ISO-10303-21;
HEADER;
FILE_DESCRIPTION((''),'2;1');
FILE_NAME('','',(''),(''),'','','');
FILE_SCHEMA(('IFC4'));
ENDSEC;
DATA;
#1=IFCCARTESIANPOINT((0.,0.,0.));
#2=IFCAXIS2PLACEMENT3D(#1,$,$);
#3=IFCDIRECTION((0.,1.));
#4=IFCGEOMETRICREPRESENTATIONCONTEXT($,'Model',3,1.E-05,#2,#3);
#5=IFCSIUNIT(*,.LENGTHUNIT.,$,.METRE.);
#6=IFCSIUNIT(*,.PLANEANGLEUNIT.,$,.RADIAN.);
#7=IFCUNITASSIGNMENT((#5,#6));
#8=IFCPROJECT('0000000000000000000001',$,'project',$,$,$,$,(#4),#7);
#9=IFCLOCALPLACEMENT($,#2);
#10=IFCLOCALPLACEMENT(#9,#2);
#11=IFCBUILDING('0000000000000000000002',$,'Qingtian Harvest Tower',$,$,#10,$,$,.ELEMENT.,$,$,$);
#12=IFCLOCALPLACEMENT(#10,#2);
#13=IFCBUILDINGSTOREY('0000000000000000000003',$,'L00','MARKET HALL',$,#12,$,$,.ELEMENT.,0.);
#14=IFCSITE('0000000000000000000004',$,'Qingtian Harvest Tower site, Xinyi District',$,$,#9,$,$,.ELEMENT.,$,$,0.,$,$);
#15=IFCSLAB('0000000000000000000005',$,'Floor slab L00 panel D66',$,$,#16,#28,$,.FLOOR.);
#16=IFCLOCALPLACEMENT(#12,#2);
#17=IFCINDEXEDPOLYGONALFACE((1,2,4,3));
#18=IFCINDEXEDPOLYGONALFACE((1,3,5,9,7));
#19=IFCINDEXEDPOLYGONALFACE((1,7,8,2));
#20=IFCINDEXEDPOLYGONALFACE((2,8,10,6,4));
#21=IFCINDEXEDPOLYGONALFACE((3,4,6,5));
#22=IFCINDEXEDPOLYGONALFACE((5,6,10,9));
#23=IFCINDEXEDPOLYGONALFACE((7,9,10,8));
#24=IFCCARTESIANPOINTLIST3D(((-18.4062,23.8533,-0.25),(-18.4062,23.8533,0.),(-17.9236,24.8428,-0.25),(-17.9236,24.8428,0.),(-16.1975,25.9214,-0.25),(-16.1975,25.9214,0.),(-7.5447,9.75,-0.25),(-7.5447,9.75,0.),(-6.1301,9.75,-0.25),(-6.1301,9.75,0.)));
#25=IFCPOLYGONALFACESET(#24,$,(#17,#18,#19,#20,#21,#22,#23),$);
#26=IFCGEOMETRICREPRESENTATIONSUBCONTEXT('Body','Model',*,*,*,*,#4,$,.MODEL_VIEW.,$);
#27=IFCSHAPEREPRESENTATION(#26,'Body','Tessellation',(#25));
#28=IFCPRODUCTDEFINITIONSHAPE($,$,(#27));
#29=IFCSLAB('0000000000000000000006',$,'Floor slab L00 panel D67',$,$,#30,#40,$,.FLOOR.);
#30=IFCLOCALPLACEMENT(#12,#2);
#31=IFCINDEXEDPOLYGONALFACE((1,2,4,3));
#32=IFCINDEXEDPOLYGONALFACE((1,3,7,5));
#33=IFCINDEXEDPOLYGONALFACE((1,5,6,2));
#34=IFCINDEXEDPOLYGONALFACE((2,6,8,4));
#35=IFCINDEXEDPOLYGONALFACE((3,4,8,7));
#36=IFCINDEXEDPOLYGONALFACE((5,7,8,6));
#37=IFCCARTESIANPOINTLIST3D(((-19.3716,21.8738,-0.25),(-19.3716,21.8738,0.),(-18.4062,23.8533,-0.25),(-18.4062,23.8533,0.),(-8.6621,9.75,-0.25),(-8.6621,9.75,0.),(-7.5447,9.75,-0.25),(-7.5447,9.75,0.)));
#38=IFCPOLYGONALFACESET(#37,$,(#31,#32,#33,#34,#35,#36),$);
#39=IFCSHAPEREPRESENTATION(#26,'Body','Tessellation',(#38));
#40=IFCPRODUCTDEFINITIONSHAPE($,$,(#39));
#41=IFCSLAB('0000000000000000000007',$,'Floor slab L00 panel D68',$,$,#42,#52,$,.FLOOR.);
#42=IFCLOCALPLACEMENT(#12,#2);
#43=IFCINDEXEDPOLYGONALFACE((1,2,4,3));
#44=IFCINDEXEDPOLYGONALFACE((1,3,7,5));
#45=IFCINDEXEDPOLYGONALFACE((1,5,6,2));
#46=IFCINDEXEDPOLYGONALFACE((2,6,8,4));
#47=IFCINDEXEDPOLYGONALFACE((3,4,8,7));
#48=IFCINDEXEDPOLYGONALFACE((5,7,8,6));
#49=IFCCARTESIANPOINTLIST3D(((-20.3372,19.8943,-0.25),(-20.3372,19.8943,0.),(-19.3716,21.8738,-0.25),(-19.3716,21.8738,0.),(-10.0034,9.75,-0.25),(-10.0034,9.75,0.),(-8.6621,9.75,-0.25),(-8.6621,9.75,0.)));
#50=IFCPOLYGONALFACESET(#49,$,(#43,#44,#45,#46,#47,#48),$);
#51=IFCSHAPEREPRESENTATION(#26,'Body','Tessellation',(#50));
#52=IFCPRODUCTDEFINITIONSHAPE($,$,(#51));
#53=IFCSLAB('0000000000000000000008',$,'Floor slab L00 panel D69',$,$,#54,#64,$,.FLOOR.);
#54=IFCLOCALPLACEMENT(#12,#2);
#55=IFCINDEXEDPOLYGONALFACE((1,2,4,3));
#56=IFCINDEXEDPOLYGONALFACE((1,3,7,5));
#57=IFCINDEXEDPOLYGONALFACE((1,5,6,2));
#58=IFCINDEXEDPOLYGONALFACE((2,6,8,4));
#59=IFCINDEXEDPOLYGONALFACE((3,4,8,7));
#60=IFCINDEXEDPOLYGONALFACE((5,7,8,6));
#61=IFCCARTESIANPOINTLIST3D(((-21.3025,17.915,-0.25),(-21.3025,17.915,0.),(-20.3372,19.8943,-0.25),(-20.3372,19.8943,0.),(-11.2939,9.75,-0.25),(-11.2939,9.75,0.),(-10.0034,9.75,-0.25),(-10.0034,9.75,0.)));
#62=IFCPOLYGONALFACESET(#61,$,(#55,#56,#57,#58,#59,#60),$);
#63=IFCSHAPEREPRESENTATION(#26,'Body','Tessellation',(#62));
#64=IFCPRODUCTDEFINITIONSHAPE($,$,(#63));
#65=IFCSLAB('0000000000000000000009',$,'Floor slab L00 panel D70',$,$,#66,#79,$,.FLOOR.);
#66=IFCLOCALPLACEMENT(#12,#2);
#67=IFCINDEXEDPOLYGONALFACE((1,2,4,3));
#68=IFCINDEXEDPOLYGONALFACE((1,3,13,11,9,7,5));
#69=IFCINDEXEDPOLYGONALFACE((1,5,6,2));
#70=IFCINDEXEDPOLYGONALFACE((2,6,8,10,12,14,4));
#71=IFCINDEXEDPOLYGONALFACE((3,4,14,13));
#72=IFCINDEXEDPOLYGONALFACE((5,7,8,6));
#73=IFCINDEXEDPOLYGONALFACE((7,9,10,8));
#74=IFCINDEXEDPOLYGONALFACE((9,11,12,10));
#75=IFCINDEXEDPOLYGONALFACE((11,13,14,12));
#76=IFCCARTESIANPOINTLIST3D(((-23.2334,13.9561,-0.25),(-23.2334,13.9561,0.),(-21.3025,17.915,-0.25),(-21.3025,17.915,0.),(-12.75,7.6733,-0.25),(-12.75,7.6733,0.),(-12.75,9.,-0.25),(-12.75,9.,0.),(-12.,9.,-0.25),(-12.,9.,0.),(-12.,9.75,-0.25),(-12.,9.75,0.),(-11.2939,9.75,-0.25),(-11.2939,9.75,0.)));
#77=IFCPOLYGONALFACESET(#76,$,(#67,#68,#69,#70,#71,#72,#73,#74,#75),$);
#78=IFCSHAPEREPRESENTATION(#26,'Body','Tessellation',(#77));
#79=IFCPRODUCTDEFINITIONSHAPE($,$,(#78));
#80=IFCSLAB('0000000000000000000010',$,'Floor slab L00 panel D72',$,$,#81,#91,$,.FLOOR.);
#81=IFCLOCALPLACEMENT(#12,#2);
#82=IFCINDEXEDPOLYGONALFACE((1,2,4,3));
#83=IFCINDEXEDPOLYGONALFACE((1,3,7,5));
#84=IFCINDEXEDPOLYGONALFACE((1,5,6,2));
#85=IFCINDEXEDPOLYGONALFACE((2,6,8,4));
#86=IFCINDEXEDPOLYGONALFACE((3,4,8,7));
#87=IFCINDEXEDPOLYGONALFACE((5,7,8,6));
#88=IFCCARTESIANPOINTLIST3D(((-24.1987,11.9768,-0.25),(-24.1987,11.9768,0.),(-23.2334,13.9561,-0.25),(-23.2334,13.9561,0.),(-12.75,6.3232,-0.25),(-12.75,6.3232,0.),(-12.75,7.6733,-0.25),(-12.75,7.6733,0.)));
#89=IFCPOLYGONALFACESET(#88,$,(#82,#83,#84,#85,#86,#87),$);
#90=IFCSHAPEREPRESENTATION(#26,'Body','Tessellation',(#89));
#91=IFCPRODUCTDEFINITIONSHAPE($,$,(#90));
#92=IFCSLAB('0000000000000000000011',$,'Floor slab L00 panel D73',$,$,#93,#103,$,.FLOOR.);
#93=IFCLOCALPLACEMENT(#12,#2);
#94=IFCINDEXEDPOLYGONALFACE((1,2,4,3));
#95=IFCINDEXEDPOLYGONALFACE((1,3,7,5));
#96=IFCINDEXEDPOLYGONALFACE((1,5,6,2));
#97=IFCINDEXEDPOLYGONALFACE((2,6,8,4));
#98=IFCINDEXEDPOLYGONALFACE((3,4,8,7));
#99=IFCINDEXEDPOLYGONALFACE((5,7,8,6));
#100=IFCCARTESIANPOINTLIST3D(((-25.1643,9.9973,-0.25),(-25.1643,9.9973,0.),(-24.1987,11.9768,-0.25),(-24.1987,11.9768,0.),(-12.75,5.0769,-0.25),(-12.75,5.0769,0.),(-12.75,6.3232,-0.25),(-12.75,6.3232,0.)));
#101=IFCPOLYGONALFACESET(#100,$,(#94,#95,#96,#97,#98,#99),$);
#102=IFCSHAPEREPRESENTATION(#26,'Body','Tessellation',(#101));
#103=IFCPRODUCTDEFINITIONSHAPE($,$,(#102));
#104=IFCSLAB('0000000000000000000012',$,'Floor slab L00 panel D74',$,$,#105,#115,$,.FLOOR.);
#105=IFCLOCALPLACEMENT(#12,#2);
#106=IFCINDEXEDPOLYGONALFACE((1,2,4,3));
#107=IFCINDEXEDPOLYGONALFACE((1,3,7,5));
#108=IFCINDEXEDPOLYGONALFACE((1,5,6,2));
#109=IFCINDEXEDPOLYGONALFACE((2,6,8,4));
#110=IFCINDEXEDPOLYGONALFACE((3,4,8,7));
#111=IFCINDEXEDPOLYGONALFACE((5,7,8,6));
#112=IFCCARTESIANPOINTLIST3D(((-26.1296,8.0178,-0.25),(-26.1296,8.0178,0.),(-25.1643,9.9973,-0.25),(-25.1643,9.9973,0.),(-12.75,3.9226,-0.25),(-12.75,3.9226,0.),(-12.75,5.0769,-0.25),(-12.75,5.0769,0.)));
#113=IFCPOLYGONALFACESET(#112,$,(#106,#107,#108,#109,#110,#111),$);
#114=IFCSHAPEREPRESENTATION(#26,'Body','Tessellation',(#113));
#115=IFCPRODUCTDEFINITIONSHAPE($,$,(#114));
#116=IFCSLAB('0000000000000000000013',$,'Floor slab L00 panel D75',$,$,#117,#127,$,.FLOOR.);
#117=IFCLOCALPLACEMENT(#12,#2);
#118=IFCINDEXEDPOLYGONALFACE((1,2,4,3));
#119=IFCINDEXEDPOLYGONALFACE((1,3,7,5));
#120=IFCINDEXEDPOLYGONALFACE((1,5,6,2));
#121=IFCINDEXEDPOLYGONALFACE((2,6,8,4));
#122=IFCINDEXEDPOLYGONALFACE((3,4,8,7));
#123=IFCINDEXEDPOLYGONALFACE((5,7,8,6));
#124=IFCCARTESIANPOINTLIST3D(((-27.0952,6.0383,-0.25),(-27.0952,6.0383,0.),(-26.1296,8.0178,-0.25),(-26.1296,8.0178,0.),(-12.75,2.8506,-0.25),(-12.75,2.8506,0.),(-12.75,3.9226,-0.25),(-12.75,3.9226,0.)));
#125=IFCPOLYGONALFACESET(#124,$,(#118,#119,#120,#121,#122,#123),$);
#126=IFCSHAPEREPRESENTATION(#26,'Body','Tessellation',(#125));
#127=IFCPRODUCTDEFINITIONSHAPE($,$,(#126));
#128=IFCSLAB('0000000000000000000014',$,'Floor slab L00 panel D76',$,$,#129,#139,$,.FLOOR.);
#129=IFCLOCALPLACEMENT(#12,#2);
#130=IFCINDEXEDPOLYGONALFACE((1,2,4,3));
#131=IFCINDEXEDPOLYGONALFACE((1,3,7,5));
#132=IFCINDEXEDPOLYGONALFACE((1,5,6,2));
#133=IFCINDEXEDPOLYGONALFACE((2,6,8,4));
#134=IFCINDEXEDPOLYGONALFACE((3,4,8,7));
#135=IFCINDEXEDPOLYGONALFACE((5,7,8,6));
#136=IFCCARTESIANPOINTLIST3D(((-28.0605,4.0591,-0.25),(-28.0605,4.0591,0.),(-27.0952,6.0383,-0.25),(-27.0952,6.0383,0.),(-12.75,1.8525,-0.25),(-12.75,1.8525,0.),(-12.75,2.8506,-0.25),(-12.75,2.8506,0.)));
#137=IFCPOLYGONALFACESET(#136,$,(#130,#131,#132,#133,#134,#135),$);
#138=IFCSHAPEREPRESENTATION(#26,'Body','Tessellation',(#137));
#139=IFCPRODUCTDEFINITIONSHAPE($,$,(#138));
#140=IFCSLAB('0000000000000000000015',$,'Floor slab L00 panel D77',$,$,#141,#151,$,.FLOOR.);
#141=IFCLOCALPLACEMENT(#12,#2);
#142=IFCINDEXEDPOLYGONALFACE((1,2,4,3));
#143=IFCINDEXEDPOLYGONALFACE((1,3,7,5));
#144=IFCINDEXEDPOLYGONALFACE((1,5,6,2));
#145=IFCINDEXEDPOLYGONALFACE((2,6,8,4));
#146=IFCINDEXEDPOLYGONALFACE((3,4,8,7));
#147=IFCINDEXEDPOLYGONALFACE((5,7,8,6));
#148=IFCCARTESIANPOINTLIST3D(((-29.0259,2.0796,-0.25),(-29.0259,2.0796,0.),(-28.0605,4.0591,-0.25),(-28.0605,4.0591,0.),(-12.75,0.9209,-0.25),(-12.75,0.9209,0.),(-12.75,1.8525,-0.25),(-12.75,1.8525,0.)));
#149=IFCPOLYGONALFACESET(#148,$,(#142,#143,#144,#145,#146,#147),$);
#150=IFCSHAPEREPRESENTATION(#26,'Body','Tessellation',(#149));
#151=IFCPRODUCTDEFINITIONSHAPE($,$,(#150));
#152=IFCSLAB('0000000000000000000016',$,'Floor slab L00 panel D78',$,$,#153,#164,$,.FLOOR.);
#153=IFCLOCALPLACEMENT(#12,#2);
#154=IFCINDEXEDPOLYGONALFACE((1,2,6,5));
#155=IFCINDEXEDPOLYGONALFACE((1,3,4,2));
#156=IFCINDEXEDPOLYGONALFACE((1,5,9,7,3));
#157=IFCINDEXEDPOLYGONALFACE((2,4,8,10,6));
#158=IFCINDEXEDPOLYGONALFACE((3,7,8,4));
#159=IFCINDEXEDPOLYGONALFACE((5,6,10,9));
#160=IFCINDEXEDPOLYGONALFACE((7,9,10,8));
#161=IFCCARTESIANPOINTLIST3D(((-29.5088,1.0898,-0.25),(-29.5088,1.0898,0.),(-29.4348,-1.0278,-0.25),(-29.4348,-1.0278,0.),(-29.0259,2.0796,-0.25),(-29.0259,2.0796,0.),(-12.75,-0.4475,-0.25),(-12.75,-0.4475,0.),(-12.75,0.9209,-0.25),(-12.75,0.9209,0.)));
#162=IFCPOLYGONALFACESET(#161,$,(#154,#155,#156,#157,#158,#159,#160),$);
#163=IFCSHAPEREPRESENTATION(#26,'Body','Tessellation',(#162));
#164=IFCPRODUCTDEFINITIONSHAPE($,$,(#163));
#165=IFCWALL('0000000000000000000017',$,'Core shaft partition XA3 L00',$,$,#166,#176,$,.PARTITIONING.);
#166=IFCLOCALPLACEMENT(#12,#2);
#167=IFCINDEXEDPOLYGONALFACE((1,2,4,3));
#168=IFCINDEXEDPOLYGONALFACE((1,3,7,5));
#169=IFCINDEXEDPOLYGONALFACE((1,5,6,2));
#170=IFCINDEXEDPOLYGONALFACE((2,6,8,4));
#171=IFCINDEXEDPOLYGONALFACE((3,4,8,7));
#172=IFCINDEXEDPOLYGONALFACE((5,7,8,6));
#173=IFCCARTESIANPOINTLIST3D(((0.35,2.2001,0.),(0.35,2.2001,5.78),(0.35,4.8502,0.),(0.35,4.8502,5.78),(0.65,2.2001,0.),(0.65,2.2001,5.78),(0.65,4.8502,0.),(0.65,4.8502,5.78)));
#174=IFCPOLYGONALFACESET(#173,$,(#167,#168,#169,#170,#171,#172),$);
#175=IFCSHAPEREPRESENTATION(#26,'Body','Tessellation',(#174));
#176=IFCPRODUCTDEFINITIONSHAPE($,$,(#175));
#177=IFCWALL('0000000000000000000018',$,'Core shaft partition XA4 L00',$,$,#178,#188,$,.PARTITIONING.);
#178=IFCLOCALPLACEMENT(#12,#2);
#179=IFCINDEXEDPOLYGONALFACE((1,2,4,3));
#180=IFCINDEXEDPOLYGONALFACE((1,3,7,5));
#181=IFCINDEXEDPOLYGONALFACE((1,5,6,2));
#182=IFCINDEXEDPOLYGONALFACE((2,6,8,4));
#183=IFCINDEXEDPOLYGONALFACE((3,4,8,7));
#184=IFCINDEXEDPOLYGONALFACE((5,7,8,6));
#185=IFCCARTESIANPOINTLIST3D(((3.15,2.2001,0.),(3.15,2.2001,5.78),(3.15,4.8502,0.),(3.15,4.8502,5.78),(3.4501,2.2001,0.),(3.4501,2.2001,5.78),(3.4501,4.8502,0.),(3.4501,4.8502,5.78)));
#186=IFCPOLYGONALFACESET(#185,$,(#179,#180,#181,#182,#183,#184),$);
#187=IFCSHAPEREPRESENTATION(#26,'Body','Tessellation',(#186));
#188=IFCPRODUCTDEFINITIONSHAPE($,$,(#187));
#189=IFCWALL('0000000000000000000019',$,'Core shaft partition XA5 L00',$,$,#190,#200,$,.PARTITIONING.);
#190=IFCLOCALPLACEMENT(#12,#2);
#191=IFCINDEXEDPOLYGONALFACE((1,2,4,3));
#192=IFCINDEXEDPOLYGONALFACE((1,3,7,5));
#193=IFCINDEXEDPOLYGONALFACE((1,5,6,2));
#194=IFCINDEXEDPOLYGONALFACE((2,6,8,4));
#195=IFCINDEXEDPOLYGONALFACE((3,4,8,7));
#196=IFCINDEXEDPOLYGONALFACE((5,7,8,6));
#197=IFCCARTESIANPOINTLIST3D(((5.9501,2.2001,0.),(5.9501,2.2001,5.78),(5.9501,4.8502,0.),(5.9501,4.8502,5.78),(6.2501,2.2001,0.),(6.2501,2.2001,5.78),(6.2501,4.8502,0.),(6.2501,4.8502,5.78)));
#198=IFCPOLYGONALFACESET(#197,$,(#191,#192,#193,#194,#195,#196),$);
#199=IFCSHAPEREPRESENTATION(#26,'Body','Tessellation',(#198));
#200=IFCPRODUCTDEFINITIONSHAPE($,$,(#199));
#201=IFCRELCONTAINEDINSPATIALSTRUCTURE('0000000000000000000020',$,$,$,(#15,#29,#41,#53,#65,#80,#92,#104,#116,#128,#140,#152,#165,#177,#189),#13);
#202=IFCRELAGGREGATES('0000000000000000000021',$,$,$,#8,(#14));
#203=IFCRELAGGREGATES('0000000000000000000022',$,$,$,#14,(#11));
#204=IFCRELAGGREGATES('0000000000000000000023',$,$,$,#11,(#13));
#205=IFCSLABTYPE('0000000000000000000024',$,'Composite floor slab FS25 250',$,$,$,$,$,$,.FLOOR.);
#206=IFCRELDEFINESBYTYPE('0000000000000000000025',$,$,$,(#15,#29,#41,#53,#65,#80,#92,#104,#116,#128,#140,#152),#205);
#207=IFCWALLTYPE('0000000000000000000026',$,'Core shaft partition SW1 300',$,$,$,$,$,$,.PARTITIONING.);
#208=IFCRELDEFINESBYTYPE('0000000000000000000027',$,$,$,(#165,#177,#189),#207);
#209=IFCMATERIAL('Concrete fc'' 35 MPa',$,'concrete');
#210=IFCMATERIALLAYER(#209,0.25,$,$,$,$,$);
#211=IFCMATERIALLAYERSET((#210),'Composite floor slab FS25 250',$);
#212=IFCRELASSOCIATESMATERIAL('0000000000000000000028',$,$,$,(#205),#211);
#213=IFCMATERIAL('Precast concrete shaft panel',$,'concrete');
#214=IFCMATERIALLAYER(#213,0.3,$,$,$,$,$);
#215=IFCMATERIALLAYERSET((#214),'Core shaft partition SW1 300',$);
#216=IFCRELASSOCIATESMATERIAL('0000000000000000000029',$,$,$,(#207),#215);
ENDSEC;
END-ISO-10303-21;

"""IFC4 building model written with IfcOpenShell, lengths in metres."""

from ifc_helpers import new_model, si_unit, direction, frame, frame_2d, origin, place, context, subcontext, project, spatial, polyline, rectangle, outline, extrude, material, layer, layer_set, type_object, element, save


model = new_model("IFC4")

# Units and contexts
model_context = context("Model", 3, precision=1e-05, world=origin(), true_north=direction((0.0, 1.0)))
body_context = subcontext(model_context, "Body", "Model", "MODEL_VIEW")
ifc_project = project(units=[si_unit("LENGTHUNIT", "METRE"), si_unit("PLANEANGLEUNIT", "RADIAN")], contexts=[model_context])

# Site, building, storey
site_placement = place(None, origin())
site = spatial("IfcSite", under=ifc_project, at=site_placement, Name="Qingtian Harvest Tower site, Xinyi District", CompositionType="ELEMENT", RefElevation=0.0)
building_placement = place(site_placement, origin())
building = spatial("IfcBuilding", under=site, at=building_placement, Name="Qingtian Harvest Tower", CompositionType="ELEMENT")
storey_placement = place(building_placement, origin())
storey = spatial("IfcBuildingStorey", under=building, at=storey_placement, Name="L00", Description="MARKET HALL", CompositionType="ELEMENT", Elevation=0.0)

# Slabs
ifc_material_1 = material(Name="Concrete fc' 35 MPa", Category="concrete")
ifc_layer_1 = layer(ifc_material_1, 0.25)
ifc_layer_set_1 = layer_set([ifc_layer_1], Name="Composite floor slab FS25 250")
slab_type = type_object("IfcSlabType", Name="Composite floor slab FS25 250", PredefinedType="FLOOR", material=ifc_layer_set_1)
slab_1_placement = place(storey_placement, frame((0.0, 0.0, -0.25)))
element("IfcSlab", 1, at=slab_1_placement, inside=storey, type_object=slab_type, Name="Floor slab L00 panel D66", PredefinedType="FLOOR", context=body_context, shape_type="SweptSolid", body=[
    extrude(outline(polyline([(-6.1301, 9.75), (-7.5447, 9.75), (-18.4062, 23.8533), (-17.9236, 24.8428), (-16.1975, 25.9214), (-6.1301, 9.75)])), origin(), (0.0, 0.0, 1.0), 0.25),
])
slab_2_placement = place(storey_placement, frame((0.0, 0.0, -0.25)))
element("IfcSlab", 2, at=slab_2_placement, inside=storey, type_object=slab_type, Name="Floor slab L00 panel D67", PredefinedType="FLOOR", context=body_context, shape_type="SweptSolid", body=[
    extrude(outline(polyline([(-8.6621, 9.75), (-19.3716, 21.8738), (-18.4062, 23.8533), (-7.5447, 9.75), (-8.6621, 9.75)])), origin(), (0.0, 0.0, 1.0), 0.25),
])
slab_3_placement = place(storey_placement, frame((0.0, 0.0, -0.25)))
element("IfcSlab", 3, at=slab_3_placement, inside=storey, type_object=slab_type, Name="Floor slab L00 panel D68", PredefinedType="FLOOR", context=body_context, shape_type="SweptSolid", body=[
    extrude(outline(polyline([(-10.0034, 9.75), (-20.3372, 19.8943), (-19.3716, 21.8738), (-8.6621, 9.75), (-10.0034, 9.75)])), origin(), (0.0, 0.0, 1.0), 0.25),
])
slab_4_placement = place(storey_placement, frame((0.0, 0.0, -0.25)))
element("IfcSlab", 4, at=slab_4_placement, inside=storey, type_object=slab_type, Name="Floor slab L00 panel D69", PredefinedType="FLOOR", context=body_context, shape_type="SweptSolid", body=[
    extrude(outline(polyline([(-11.2939, 9.75), (-21.3025, 17.915), (-20.3372, 19.8943), (-10.0034, 9.75), (-11.2939, 9.75)])), origin(), (0.0, 0.0, 1.0), 0.25),
])
slab_5_placement = place(storey_placement, frame((0.0, 0.0, -0.25)))
element("IfcSlab", 5, at=slab_5_placement, inside=storey, type_object=slab_type, Name="Floor slab L00 panel D70", PredefinedType="FLOOR", context=body_context, shape_type="SweptSolid", body=[
    extrude(outline(polyline([(-12.0, 9.0), (-12.75, 9.0), (-12.75, 7.6733), (-23.2334, 13.9561), (-21.3025, 17.915), (-11.2939, 9.75), (-12.0, 9.75), (-12.0, 9.0)])), origin(), (0.0, 0.0, 1.0), 0.25),
])
slab_6_placement = place(storey_placement, frame((0.0, 0.0, -0.25)))
element("IfcSlab", 6, at=slab_6_placement, inside=storey, type_object=slab_type, Name="Floor slab L00 panel D72", PredefinedType="FLOOR", context=body_context, shape_type="SweptSolid", body=[
    extrude(outline(polyline([(-12.75, 6.3232), (-24.1987, 11.9768), (-23.2334, 13.9561), (-12.75, 7.6733), (-12.75, 6.3232)])), origin(), (0.0, 0.0, 1.0), 0.25),
])
slab_7_placement = place(storey_placement, frame((0.0, 0.0, -0.25)))
element("IfcSlab", 7, at=slab_7_placement, inside=storey, type_object=slab_type, Name="Floor slab L00 panel D73", PredefinedType="FLOOR", context=body_context, shape_type="SweptSolid", body=[
    extrude(outline(polyline([(-12.75, 5.0769), (-25.1643, 9.9973), (-24.1987, 11.9768), (-12.75, 6.3232), (-12.75, 5.0769)])), origin(), (0.0, 0.0, 1.0), 0.25),
])
slab_8_placement = place(storey_placement, frame((0.0, 0.0, -0.25)))
element("IfcSlab", 8, at=slab_8_placement, inside=storey, type_object=slab_type, Name="Floor slab L00 panel D74", PredefinedType="FLOOR", context=body_context, shape_type="SweptSolid", body=[
    extrude(outline(polyline([(-12.75, 3.9226), (-26.1296, 8.0178), (-25.1643, 9.9973), (-12.75, 5.0769), (-12.75, 3.9226)])), origin(), (0.0, 0.0, 1.0), 0.25),
])
slab_9_placement = place(storey_placement, frame((0.0, 0.0, -0.25)))
element("IfcSlab", 9, at=slab_9_placement, inside=storey, type_object=slab_type, Name="Floor slab L00 panel D75", PredefinedType="FLOOR", context=body_context, shape_type="SweptSolid", body=[
    extrude(outline(polyline([(-12.75, 2.8506), (-27.0952, 6.0383), (-26.1296, 8.0178), (-12.75, 3.9226), (-12.75, 2.8506)])), origin(), (0.0, 0.0, 1.0), 0.25),
])
slab_10_placement = place(storey_placement, frame((0.0, 0.0, -0.25)))
element("IfcSlab", 10, at=slab_10_placement, inside=storey, type_object=slab_type, Name="Floor slab L00 panel D76", PredefinedType="FLOOR", context=body_context, shape_type="SweptSolid", body=[
    extrude(outline(polyline([(-12.75, 1.8525), (-28.0605, 4.0591), (-27.0952, 6.0383), (-12.75, 2.8506), (-12.75, 1.8525)])), origin(), (0.0, 0.0, 1.0), 0.25),
])
slab_11_placement = place(storey_placement, frame((0.0, 0.0, -0.25)))
element("IfcSlab", 11, at=slab_11_placement, inside=storey, type_object=slab_type, Name="Floor slab L00 panel D77", PredefinedType="FLOOR", context=body_context, shape_type="SweptSolid", body=[
    extrude(outline(polyline([(-12.75, 0.9209), (-29.0259, 2.0796), (-28.0605, 4.0591), (-12.75, 1.8525), (-12.75, 0.9209)])), origin(), (0.0, 0.0, 1.0), 0.25),
])
slab_12_placement = place(storey_placement, frame((0.0, 0.0, -0.25)))
element("IfcSlab", 12, at=slab_12_placement, inside=storey, type_object=slab_type, Name="Floor slab L00 panel D78", PredefinedType="FLOOR", context=body_context, shape_type="SweptSolid", body=[
    extrude(outline(polyline([(-12.75, 0.9209), (-12.75, -0.4475), (-29.4348, -1.0278), (-29.5088, 1.0898), (-29.0259, 2.0796), (-12.75, 0.9209)])), origin(), (0.0, 0.0, 1.0), 0.25),
])

# Walls
ifc_material_2 = material(Name="Precast concrete shaft panel", Category="concrete")
ifc_layer_2 = layer(ifc_material_2, 0.3)
ifc_layer_set_2 = layer_set([ifc_layer_2], Name="Core shaft partition SW1 300")
wall_type = type_object("IfcWallType", Name="Core shaft partition SW1 300", PredefinedType="PARTITIONING", material=ifc_layer_set_2)
for number, where, z_axis, x_axis, name in (
    (13, (0.5, 2.2, 0.0), (0.0, 0.0, 1.0), (0.0, 1.0, 0.0), "Core shaft partition XA3 L00"),
    (14, (3.3, 2.2, 0.0), (0.0, 0.0, 1.0), (0.0, 1.0, 0.0), "Core shaft partition XA4 L00"),
    (15, (6.1001, 2.2, 0.0), (0.0, 0.0, 1.0), (0.0, 1.0, 0.0), "Core shaft partition XA5 L00"),
):
    element("IfcWall", number, at=place(storey_placement, frame(where, z_axis=z_axis, x_axis=x_axis)), inside=storey, type_object=wall_type, Name=name, PredefinedType="PARTITIONING", context=body_context, shape_type="SweptSolid", body=[
        extrude(rectangle(XDim=2.6501, YDim=0.3, at=frame_2d((1.3252, 0.0))), origin(), (0.0, 0.0, 1.0), 5.78),
    ])

save(model, "model.ifc")
